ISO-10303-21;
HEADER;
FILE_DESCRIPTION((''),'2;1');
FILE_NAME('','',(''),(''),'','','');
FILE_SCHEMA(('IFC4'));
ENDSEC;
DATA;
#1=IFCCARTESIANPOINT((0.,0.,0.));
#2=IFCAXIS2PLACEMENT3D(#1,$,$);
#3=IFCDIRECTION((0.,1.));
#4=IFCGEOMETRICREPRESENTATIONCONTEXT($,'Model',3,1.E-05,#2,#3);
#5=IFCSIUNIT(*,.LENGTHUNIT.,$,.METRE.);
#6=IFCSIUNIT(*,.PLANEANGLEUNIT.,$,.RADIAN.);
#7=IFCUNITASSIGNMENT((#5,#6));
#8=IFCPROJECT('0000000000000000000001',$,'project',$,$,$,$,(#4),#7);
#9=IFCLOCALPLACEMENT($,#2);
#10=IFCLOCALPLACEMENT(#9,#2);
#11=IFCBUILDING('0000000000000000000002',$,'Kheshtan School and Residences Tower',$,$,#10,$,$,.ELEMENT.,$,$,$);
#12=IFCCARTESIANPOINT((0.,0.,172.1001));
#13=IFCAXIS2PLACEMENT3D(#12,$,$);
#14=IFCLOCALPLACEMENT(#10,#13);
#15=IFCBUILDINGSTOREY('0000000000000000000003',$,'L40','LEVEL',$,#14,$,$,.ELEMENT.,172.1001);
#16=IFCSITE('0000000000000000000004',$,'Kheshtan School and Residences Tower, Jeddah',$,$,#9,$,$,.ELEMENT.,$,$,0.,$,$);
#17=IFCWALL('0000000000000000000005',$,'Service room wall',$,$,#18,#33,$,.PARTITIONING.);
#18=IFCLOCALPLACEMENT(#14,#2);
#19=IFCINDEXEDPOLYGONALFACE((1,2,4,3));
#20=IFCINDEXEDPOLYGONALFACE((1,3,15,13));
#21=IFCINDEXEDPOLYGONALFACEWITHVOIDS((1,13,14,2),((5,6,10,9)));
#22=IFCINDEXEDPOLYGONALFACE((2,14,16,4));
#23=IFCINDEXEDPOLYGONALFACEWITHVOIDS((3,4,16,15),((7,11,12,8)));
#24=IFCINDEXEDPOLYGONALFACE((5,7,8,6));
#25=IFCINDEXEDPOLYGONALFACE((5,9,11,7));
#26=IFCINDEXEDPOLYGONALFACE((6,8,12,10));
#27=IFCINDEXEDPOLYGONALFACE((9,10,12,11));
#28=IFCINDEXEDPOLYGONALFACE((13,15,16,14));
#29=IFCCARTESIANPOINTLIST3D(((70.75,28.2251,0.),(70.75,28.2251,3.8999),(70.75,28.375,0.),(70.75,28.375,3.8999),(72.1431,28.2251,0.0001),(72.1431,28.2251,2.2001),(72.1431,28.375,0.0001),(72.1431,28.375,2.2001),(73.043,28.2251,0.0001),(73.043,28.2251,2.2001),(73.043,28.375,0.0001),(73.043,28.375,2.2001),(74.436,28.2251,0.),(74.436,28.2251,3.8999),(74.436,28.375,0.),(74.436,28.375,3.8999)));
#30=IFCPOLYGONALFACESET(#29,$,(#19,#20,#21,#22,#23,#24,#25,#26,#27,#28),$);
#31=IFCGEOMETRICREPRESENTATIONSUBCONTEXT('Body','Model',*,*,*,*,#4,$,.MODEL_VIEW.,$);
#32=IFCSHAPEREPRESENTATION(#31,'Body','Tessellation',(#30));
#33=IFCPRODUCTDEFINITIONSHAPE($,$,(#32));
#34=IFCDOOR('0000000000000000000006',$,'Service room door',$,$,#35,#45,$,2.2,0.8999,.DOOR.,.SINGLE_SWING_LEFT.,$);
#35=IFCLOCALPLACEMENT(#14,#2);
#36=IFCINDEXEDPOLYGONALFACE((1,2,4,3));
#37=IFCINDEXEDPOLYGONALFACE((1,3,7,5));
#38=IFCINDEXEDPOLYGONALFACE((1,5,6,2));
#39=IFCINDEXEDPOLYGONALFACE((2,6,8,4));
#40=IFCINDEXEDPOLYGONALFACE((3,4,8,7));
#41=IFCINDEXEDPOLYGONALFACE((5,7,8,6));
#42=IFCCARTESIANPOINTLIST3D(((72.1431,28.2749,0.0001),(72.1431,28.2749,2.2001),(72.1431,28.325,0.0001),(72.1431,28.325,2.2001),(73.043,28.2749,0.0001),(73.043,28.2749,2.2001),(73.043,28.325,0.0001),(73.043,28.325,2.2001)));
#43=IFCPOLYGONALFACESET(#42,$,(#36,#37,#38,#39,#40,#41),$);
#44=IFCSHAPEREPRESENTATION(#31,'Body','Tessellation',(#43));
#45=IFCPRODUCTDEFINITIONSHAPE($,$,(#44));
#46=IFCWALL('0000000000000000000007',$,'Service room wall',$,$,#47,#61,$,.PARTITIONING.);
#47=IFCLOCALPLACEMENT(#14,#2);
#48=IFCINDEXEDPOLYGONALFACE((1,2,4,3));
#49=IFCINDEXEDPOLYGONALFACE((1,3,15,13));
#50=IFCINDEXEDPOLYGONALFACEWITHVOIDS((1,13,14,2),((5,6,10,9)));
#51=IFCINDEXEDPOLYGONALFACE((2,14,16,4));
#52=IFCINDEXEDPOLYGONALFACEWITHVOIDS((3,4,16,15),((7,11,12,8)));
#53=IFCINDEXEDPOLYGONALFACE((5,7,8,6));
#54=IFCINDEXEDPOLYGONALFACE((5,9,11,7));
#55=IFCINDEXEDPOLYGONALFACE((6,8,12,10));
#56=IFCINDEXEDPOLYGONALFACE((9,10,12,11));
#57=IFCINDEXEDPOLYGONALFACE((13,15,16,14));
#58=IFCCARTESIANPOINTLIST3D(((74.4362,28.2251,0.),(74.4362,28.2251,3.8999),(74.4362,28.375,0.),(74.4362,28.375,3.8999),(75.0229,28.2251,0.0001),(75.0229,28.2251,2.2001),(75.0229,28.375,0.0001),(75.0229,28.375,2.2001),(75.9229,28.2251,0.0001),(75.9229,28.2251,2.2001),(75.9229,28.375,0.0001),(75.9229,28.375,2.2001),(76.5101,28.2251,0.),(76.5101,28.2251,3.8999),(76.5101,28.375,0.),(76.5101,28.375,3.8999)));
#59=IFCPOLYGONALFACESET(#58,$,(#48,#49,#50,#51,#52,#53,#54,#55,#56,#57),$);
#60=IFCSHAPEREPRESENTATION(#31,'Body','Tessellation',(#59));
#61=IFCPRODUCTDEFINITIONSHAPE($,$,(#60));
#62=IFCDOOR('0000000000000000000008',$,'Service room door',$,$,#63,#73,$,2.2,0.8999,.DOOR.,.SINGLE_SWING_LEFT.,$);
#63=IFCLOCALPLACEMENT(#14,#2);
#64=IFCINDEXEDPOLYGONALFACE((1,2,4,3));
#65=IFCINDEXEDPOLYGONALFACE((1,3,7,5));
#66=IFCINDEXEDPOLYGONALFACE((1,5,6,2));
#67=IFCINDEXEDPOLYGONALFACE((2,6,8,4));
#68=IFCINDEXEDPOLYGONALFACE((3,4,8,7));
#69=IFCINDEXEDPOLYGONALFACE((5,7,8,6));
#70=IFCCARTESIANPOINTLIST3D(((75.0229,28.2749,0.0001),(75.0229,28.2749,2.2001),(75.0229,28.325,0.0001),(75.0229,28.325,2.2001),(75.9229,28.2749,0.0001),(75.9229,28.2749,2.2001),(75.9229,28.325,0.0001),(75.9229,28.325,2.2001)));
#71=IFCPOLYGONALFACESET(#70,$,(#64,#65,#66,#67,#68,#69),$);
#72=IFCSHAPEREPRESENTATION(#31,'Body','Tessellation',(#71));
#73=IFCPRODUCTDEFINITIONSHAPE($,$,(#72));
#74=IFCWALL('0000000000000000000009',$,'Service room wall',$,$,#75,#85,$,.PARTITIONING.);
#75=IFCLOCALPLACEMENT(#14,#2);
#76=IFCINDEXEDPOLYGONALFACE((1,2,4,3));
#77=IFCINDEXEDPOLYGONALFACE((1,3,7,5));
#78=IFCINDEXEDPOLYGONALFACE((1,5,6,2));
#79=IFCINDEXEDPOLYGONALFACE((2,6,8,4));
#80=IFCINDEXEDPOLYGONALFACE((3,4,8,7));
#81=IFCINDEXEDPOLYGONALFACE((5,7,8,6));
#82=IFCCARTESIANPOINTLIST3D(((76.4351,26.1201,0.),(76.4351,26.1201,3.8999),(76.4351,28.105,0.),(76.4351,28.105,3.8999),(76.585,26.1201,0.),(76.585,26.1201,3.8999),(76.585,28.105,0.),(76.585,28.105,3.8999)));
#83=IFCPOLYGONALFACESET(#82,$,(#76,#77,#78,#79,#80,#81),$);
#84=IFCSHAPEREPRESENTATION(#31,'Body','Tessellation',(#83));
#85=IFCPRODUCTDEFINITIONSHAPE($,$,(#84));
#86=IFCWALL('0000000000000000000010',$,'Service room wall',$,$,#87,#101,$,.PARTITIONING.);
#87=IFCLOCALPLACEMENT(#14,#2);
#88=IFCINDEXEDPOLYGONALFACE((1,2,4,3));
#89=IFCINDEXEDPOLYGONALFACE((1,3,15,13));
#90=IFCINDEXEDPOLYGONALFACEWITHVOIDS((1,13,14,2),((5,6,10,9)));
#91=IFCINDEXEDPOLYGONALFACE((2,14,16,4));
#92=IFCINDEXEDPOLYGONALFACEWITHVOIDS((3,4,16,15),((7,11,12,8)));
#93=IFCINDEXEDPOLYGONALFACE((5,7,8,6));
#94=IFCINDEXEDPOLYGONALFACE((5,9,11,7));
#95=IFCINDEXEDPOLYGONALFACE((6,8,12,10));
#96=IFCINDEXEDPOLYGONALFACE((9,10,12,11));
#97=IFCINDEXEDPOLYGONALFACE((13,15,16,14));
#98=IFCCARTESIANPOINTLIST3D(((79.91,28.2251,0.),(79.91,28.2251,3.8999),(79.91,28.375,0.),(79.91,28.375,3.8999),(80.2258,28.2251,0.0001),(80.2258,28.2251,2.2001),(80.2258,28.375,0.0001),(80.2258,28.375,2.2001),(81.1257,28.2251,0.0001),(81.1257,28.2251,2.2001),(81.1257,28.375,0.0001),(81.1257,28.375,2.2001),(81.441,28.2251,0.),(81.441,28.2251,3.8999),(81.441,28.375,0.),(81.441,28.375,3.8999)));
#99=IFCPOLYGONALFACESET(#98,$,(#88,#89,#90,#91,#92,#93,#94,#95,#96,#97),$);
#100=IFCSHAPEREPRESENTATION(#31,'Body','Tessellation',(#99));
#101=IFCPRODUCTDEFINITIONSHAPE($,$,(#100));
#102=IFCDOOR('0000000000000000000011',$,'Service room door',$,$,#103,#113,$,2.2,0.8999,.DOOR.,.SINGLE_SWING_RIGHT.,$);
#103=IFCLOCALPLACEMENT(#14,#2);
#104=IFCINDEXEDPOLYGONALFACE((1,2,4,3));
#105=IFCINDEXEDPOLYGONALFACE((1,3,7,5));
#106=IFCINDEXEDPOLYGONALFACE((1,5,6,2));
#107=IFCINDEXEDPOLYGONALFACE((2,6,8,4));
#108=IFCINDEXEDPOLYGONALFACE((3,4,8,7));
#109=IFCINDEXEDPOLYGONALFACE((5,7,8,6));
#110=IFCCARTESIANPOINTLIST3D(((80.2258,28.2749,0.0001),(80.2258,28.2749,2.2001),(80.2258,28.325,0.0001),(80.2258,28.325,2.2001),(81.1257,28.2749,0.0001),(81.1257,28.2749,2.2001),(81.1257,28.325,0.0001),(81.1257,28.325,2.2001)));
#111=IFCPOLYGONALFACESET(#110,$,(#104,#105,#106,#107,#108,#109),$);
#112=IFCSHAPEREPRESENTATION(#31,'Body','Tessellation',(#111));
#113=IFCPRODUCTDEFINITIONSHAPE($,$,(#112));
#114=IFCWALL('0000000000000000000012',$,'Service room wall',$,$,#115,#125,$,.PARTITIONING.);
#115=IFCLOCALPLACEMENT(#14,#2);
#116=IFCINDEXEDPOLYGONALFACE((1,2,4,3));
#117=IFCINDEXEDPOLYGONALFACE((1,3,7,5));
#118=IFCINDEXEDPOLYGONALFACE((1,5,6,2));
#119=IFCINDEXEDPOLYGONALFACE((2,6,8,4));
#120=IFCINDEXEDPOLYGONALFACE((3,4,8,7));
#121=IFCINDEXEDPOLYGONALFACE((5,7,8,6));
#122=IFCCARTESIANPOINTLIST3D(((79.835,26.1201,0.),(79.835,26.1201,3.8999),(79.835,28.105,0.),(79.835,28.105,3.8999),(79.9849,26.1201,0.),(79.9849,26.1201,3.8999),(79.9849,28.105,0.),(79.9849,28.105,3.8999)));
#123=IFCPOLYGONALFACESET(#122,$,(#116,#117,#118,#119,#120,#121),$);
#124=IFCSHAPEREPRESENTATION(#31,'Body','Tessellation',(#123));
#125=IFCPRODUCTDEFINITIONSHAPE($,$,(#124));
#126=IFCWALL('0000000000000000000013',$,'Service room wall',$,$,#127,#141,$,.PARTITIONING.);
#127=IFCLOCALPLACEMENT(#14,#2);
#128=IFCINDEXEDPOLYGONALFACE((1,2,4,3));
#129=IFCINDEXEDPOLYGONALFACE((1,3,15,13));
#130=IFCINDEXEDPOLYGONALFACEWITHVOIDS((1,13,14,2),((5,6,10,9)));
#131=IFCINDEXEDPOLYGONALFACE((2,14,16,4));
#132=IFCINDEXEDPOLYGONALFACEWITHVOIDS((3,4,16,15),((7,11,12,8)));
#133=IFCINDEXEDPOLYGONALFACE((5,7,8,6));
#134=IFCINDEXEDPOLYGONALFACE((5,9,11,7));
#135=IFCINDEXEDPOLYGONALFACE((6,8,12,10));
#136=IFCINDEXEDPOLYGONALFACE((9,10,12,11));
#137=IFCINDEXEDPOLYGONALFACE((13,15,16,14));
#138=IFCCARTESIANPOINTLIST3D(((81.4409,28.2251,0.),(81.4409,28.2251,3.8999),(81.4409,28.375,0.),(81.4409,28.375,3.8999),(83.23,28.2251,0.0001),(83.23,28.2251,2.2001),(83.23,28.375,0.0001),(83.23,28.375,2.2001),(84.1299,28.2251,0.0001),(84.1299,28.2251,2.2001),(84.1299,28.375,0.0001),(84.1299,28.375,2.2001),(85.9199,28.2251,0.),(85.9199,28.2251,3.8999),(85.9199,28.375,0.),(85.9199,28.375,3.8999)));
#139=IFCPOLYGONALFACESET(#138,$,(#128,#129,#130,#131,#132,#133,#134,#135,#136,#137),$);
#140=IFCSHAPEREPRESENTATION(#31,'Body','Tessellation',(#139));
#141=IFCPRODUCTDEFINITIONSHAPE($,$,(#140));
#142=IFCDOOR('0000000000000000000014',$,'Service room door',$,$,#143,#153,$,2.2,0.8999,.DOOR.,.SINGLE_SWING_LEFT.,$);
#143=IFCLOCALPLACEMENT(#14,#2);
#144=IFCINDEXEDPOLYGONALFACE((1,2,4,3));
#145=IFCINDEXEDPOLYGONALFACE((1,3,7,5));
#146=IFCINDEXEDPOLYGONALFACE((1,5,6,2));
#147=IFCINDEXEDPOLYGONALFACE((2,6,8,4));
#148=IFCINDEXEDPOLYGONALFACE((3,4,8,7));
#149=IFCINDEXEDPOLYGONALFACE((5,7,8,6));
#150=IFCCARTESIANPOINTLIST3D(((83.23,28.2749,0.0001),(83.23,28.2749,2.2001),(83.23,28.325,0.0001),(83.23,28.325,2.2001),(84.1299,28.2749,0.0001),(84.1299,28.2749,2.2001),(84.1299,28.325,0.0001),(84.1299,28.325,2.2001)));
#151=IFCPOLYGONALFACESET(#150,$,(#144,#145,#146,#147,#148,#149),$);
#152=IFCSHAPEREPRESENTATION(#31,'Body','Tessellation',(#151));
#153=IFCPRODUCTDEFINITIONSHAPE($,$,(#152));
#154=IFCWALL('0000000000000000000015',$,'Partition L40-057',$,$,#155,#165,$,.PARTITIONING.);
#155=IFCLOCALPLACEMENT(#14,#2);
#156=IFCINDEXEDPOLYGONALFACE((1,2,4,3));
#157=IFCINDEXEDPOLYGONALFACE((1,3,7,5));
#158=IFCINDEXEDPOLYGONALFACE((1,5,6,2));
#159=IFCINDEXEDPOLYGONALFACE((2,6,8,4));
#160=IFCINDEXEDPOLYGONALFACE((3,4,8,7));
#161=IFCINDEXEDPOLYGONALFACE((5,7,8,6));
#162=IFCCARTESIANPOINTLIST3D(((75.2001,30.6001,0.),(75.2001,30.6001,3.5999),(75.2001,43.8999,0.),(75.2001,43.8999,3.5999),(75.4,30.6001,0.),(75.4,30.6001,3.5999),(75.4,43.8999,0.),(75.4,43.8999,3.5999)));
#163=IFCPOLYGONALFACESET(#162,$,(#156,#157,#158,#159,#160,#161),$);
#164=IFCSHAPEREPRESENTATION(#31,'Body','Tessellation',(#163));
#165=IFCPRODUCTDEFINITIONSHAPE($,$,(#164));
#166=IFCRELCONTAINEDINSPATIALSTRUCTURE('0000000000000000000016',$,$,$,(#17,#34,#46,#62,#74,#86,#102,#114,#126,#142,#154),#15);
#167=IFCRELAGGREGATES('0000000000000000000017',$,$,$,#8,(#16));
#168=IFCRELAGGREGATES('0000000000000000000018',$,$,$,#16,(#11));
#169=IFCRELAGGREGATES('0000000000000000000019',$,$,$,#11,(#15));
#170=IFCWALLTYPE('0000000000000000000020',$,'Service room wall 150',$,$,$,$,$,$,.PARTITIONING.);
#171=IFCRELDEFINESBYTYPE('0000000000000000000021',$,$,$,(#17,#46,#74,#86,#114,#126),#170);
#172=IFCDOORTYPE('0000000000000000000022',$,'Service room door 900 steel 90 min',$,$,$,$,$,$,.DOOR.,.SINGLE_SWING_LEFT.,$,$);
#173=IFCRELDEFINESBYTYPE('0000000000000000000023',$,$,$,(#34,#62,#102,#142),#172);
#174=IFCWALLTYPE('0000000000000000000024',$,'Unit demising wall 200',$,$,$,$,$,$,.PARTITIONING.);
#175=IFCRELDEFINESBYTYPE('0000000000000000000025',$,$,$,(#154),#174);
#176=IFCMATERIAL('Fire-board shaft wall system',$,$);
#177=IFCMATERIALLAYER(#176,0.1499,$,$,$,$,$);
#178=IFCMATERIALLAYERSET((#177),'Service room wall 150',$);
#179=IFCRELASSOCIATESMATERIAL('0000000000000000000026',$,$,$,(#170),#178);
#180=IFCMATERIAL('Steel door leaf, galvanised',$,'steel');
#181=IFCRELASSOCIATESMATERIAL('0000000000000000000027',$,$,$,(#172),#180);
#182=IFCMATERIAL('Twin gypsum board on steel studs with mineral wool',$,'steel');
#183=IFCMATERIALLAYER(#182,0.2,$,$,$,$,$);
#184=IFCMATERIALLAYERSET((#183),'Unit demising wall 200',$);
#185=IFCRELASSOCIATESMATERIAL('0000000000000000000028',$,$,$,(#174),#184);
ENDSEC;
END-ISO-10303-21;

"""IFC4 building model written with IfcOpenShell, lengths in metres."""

from ifc_helpers import new_model, si_unit, direction, frame, frame_2d, origin, place, context, subcontext, project, spatial, rectangle, extrude, source, transform, mapped, material, layer, layer_set, type_object, element, fill, save


model = new_model("IFC4")

# Units and contexts
model_context = context("Model", 3, precision=1e-05, world=origin(), true_north=direction((0.0, 1.0)))
body_context = subcontext(model_context, "Body", "Model", "MODEL_VIEW")
ifc_project = project(units=[si_unit("LENGTHUNIT", "METRE"), si_unit("PLANEANGLEUNIT", "RADIAN")], contexts=[model_context])

# Site, building, storey
site_placement = place(None, origin())
site = spatial("IfcSite", under=ifc_project, at=site_placement, Name="Kheshtan School and Residences Tower, Jeddah", CompositionType="ELEMENT", RefElevation=0.0)
building_placement = place(site_placement, origin())
building = spatial("IfcBuilding", under=site, at=building_placement, Name="Kheshtan School and Residences Tower", CompositionType="ELEMENT")
storey_placement = place(building_placement, frame((0.0, 0.0, 172.1001)))
storey = spatial("IfcBuildingStorey", under=building, at=storey_placement, Name="L40", Description="LEVEL", CompositionType="ELEMENT", Elevation=172.1001)

# Walls, openings, doors
ifc_material_1 = material(Name="Fire-board shaft wall system")
ifc_layer_1 = layer(ifc_material_1, 0.1499)
ifc_layer_set_1 = layer_set([ifc_layer_1], Name="Service room wall 150")
wall_type_1 = type_object("IfcWallType", Name="Service room wall 150", PredefinedType="PARTITIONING", material=ifc_layer_set_1)
wall_1_placement = place(storey_placement, frame((70.75, 28.3, 0.0), z_axis=(0.0, 0.0, 1.0), x_axis=(1.0, 0.0, 0.0)))
wall_1 = element("IfcWall", 1, at=wall_1_placement, inside=storey, type_object=wall_type_1, Name="Service room wall", PredefinedType="PARTITIONING", context=body_context, shape_type="SweptSolid", body=[
    extrude(rectangle(XDim=3.686, YDim=0.1499, at=frame_2d((1.843, 0.0))), origin(), (0.0, 0.0, 1.0), 3.8999),
])
opening_1_placement = place(wall_1_placement, frame((1.3931, 0.0, 0.0)))
opening_1 = element("IfcOpeningElement", 2, at=opening_1_placement, cuts=wall_1, PredefinedType="OPENING", context=body_context, shape_type="SweptSolid", body=[
    extrude(rectangle(XDim=0.8999, YDim=2.2, at=frame_2d((0.45, 1.1001))), frame((0.0, 0.085, 0.0), z_axis=(0.0, -1.0, 0.0), x_axis=(1.0, 0.0, 0.0)), (0.0, 0.0, 1.0), 0.1699),
])
ifc_material_2 = material(Name="Steel door leaf, galvanised", Category="steel")
door_type = type_object("IfcDoorType", Name="Service room door 900 steel 90 min", OperationType="SINGLE_SWING_LEFT", PredefinedType="DOOR", material=ifc_material_2)
shared_shape = source(origin(), body_context, "Body", "SweptSolid", [
    extrude(rectangle(XDim=0.8999, YDim=2.2, at=frame_2d((0.45, 1.1001))), frame((0.0, 0.0249, 0.0), z_axis=(0.0, -1.0, 0.0), x_axis=(1.0, 0.0, 0.0)), (0.0, 0.0, 1.0), 0.05),
])
door_1_placement = place(opening_1_placement, origin())
door_1 = element("IfcDoor", 3, at=door_1_placement, inside=storey, type_object=door_type, Name="Service room door", OperationType="SINGLE_SWING_LEFT", OverallHeight=2.2, OverallWidth=0.8999, PredefinedType="DOOR", context=body_context, shape_type="MappedRepresentation", body=[
    mapped(shared_shape, transform((0.0, 0.0, 0.0), x_axis=(1.0, 0.0, 0.0), y_axis=(0.0, 1.0, 0.0), z_axis=(0.0, 0.0, 1.0), scale=1.0)),
])
fill(opening_1, door_1)
wall_2_placement = place(storey_placement, frame((74.436, 28.3, 0.0), z_axis=(0.0, 0.0, 1.0), x_axis=(1.0, 0.0, 0.0)))
wall_2 = element("IfcWall", 4, at=wall_2_placement, inside=storey, type_object=wall_type_1, Name="Service room wall", PredefinedType="PARTITIONING", context=body_context, shape_type="SweptSolid", body=[
    extrude(rectangle(XDim=2.074, YDim=0.1499, at=frame_2d((1.0371, 0.0))), origin(), (0.0, 0.0, 1.0), 3.8999),
])
opening_2_placement = place(wall_2_placement, frame((0.5869, 0.0, 0.0)))
opening_2 = element("IfcOpeningElement", 5, at=opening_2_placement, cuts=wall_2, PredefinedType="OPENING", context=body_context, shape_type="SweptSolid", body=[
    extrude(rectangle(XDim=0.8999, YDim=2.2, at=frame_2d((0.45, 1.1001))), frame((0.0, 0.085, 0.0), z_axis=(0.0, -1.0, 0.0), x_axis=(1.0, 0.0, 0.0)), (0.0, 0.0, 1.0), 0.1699),
])
door_2_placement = place(opening_2_placement, origin())
door_2 = element("IfcDoor", 6, at=door_2_placement, inside=storey, type_object=door_type, Name="Service room door", OperationType="SINGLE_SWING_LEFT", OverallHeight=2.2, OverallWidth=0.8999, PredefinedType="DOOR", context=body_context, shape_type="MappedRepresentation", body=[
    mapped(shared_shape, transform((0.0, 0.0, 0.0), x_axis=(1.0, 0.0, 0.0), y_axis=(0.0, 1.0, 0.0), z_axis=(0.0, 0.0, 1.0), scale=1.0)),
])
fill(opening_2, door_2)

# Wall
wall_3_placement = place(storey_placement, frame((76.51, 26.1201, 0.0), z_axis=(0.0, 0.0, 1.0), x_axis=(0.0, 1.0, 0.0)))
element("IfcWall", 7, at=wall_3_placement, inside=storey, type_object=wall_type_1, Name="Service room wall", PredefinedType="PARTITIONING", context=body_context, shape_type="SweptSolid", body=[
    extrude(rectangle(XDim=1.9849, YDim=0.1499, at=frame_2d((0.9924, 0.0))), origin(), (0.0, 0.0, 1.0), 3.8999),
])

# Wall, opening, door
wall_4_placement = place(storey_placement, frame((79.9099, 28.3, 0.0), z_axis=(0.0, 0.0, 1.0), x_axis=(1.0, 0.0, 0.0)))
wall_4 = element("IfcWall", 8, at=wall_4_placement, inside=storey, type_object=wall_type_1, Name="Service room wall", PredefinedType="PARTITIONING", context=body_context, shape_type="SweptSolid", body=[
    extrude(rectangle(XDim=1.531, YDim=0.1499, at=frame_2d((0.7656, 0.0))), origin(), (0.0, 0.0, 1.0), 3.8999),
])
opening_3_placement = place(wall_4_placement, frame((0.3159, 0.0, 0.0)))
opening_3 = element("IfcOpeningElement", 9, at=opening_3_placement, cuts=wall_4, PredefinedType="OPENING", context=body_context, shape_type="SweptSolid", body=[
    extrude(rectangle(XDim=0.8999, YDim=2.2, at=frame_2d((0.45, 1.1001))), frame((0.0, 0.085, 0.0), z_axis=(0.0, -1.0, 0.0), x_axis=(1.0, 0.0, 0.0)), (0.0, 0.0, 1.0), 0.1699),
])
door_3_placement = place(opening_3_placement, origin())
door_3 = element("IfcDoor", 10, at=door_3_placement, inside=storey, type_object=door_type, Name="Service room door", OperationType="SINGLE_SWING_RIGHT", OverallHeight=2.2, OverallWidth=0.8999, PredefinedType="DOOR", context=body_context, shape_type="MappedRepresentation", body=[
    mapped(shared_shape, transform((0.0, 0.0, 0.0), x_axis=(1.0, 0.0, 0.0), y_axis=(0.0, 1.0, 0.0), z_axis=(0.0, 0.0, 1.0), scale=1.0)),
])
fill(opening_3, door_3)

# Wall
wall_5_placement = place(storey_placement, frame((79.9099, 26.1201, 0.0), z_axis=(0.0, 0.0, 1.0), x_axis=(0.0, 1.0, 0.0)))
element("IfcWall", 11, at=wall_5_placement, inside=storey, type_object=wall_type_1, Name="Service room wall", PredefinedType="PARTITIONING", context=body_context, shape_type="SweptSolid", body=[
    extrude(rectangle(XDim=1.9849, YDim=0.1499, at=frame_2d((0.9924, 0.0))), origin(), (0.0, 0.0, 1.0), 3.8999),
])

# Wall, opening, door
wall_6_placement = place(storey_placement, frame((81.4409, 28.3, 0.0), z_axis=(0.0, 0.0, 1.0), x_axis=(1.0, 0.0, 0.0)))
wall_6 = element("IfcWall", 12, at=wall_6_placement, inside=storey, type_object=wall_type_1, Name="Service room wall", PredefinedType="PARTITIONING", context=body_context, shape_type="SweptSolid", body=[
    extrude(rectangle(XDim=4.479, YDim=0.1499, at=frame_2d((2.2395, 0.0))), origin(), (0.0, 0.0, 1.0), 3.8999),
])
opening_4_placement = place(wall_6_placement, frame((1.7891, 0.0, 0.0)))
opening_4 = element("IfcOpeningElement", 13, at=opening_4_placement, cuts=wall_6, PredefinedType="OPENING", context=body_context, shape_type="SweptSolid", body=[
    extrude(rectangle(XDim=0.8999, YDim=2.2, at=frame_2d((0.45, 1.1001))), frame((0.0, 0.085, 0.0), z_axis=(0.0, -1.0, 0.0), x_axis=(1.0, 0.0, 0.0)), (0.0, 0.0, 1.0), 0.1699),
])
door_4_placement = place(opening_4_placement, origin())
door_4 = element("IfcDoor", 14, at=door_4_placement, inside=storey, type_object=door_type, Name="Service room door", OperationType="SINGLE_SWING_LEFT", OverallHeight=2.2, OverallWidth=0.8999, PredefinedType="DOOR", context=body_context, shape_type="MappedRepresentation", body=[
    mapped(shared_shape, transform((0.0, 0.0, 0.0), x_axis=(1.0, 0.0, 0.0), y_axis=(0.0, 1.0, 0.0), z_axis=(0.0, 0.0, 1.0), scale=1.0)),
])
fill(opening_4, door_4)

# Wall
ifc_material_3 = material(Name="Twin gypsum board on steel studs with mineral wool", Category="steel")
ifc_layer_2 = layer(ifc_material_3, 0.2)
ifc_layer_set_2 = layer_set([ifc_layer_2], Name="Unit demising wall 200")
wall_type_2 = type_object("IfcWallType", Name="Unit demising wall 200", PredefinedType="PARTITIONING", material=ifc_layer_set_2)
wall_7_placement = place(storey_placement, frame((75.3, 30.6001, 0.0), z_axis=(0.0, 0.0, 1.0), x_axis=(0.0, 1.0, 0.0)))
element("IfcWall", 15, at=wall_7_placement, inside=storey, type_object=wall_type_2, Name="Partition L40-057", PredefinedType="PARTITIONING", context=body_context, shape_type="SweptSolid", body=[
    extrude(rectangle(XDim=13.2998, YDim=0.2, at=frame_2d((6.6499, 0.0))), origin(), (0.0, 0.0, 1.0), 3.5999),
])

save(model, "model.ifc")
